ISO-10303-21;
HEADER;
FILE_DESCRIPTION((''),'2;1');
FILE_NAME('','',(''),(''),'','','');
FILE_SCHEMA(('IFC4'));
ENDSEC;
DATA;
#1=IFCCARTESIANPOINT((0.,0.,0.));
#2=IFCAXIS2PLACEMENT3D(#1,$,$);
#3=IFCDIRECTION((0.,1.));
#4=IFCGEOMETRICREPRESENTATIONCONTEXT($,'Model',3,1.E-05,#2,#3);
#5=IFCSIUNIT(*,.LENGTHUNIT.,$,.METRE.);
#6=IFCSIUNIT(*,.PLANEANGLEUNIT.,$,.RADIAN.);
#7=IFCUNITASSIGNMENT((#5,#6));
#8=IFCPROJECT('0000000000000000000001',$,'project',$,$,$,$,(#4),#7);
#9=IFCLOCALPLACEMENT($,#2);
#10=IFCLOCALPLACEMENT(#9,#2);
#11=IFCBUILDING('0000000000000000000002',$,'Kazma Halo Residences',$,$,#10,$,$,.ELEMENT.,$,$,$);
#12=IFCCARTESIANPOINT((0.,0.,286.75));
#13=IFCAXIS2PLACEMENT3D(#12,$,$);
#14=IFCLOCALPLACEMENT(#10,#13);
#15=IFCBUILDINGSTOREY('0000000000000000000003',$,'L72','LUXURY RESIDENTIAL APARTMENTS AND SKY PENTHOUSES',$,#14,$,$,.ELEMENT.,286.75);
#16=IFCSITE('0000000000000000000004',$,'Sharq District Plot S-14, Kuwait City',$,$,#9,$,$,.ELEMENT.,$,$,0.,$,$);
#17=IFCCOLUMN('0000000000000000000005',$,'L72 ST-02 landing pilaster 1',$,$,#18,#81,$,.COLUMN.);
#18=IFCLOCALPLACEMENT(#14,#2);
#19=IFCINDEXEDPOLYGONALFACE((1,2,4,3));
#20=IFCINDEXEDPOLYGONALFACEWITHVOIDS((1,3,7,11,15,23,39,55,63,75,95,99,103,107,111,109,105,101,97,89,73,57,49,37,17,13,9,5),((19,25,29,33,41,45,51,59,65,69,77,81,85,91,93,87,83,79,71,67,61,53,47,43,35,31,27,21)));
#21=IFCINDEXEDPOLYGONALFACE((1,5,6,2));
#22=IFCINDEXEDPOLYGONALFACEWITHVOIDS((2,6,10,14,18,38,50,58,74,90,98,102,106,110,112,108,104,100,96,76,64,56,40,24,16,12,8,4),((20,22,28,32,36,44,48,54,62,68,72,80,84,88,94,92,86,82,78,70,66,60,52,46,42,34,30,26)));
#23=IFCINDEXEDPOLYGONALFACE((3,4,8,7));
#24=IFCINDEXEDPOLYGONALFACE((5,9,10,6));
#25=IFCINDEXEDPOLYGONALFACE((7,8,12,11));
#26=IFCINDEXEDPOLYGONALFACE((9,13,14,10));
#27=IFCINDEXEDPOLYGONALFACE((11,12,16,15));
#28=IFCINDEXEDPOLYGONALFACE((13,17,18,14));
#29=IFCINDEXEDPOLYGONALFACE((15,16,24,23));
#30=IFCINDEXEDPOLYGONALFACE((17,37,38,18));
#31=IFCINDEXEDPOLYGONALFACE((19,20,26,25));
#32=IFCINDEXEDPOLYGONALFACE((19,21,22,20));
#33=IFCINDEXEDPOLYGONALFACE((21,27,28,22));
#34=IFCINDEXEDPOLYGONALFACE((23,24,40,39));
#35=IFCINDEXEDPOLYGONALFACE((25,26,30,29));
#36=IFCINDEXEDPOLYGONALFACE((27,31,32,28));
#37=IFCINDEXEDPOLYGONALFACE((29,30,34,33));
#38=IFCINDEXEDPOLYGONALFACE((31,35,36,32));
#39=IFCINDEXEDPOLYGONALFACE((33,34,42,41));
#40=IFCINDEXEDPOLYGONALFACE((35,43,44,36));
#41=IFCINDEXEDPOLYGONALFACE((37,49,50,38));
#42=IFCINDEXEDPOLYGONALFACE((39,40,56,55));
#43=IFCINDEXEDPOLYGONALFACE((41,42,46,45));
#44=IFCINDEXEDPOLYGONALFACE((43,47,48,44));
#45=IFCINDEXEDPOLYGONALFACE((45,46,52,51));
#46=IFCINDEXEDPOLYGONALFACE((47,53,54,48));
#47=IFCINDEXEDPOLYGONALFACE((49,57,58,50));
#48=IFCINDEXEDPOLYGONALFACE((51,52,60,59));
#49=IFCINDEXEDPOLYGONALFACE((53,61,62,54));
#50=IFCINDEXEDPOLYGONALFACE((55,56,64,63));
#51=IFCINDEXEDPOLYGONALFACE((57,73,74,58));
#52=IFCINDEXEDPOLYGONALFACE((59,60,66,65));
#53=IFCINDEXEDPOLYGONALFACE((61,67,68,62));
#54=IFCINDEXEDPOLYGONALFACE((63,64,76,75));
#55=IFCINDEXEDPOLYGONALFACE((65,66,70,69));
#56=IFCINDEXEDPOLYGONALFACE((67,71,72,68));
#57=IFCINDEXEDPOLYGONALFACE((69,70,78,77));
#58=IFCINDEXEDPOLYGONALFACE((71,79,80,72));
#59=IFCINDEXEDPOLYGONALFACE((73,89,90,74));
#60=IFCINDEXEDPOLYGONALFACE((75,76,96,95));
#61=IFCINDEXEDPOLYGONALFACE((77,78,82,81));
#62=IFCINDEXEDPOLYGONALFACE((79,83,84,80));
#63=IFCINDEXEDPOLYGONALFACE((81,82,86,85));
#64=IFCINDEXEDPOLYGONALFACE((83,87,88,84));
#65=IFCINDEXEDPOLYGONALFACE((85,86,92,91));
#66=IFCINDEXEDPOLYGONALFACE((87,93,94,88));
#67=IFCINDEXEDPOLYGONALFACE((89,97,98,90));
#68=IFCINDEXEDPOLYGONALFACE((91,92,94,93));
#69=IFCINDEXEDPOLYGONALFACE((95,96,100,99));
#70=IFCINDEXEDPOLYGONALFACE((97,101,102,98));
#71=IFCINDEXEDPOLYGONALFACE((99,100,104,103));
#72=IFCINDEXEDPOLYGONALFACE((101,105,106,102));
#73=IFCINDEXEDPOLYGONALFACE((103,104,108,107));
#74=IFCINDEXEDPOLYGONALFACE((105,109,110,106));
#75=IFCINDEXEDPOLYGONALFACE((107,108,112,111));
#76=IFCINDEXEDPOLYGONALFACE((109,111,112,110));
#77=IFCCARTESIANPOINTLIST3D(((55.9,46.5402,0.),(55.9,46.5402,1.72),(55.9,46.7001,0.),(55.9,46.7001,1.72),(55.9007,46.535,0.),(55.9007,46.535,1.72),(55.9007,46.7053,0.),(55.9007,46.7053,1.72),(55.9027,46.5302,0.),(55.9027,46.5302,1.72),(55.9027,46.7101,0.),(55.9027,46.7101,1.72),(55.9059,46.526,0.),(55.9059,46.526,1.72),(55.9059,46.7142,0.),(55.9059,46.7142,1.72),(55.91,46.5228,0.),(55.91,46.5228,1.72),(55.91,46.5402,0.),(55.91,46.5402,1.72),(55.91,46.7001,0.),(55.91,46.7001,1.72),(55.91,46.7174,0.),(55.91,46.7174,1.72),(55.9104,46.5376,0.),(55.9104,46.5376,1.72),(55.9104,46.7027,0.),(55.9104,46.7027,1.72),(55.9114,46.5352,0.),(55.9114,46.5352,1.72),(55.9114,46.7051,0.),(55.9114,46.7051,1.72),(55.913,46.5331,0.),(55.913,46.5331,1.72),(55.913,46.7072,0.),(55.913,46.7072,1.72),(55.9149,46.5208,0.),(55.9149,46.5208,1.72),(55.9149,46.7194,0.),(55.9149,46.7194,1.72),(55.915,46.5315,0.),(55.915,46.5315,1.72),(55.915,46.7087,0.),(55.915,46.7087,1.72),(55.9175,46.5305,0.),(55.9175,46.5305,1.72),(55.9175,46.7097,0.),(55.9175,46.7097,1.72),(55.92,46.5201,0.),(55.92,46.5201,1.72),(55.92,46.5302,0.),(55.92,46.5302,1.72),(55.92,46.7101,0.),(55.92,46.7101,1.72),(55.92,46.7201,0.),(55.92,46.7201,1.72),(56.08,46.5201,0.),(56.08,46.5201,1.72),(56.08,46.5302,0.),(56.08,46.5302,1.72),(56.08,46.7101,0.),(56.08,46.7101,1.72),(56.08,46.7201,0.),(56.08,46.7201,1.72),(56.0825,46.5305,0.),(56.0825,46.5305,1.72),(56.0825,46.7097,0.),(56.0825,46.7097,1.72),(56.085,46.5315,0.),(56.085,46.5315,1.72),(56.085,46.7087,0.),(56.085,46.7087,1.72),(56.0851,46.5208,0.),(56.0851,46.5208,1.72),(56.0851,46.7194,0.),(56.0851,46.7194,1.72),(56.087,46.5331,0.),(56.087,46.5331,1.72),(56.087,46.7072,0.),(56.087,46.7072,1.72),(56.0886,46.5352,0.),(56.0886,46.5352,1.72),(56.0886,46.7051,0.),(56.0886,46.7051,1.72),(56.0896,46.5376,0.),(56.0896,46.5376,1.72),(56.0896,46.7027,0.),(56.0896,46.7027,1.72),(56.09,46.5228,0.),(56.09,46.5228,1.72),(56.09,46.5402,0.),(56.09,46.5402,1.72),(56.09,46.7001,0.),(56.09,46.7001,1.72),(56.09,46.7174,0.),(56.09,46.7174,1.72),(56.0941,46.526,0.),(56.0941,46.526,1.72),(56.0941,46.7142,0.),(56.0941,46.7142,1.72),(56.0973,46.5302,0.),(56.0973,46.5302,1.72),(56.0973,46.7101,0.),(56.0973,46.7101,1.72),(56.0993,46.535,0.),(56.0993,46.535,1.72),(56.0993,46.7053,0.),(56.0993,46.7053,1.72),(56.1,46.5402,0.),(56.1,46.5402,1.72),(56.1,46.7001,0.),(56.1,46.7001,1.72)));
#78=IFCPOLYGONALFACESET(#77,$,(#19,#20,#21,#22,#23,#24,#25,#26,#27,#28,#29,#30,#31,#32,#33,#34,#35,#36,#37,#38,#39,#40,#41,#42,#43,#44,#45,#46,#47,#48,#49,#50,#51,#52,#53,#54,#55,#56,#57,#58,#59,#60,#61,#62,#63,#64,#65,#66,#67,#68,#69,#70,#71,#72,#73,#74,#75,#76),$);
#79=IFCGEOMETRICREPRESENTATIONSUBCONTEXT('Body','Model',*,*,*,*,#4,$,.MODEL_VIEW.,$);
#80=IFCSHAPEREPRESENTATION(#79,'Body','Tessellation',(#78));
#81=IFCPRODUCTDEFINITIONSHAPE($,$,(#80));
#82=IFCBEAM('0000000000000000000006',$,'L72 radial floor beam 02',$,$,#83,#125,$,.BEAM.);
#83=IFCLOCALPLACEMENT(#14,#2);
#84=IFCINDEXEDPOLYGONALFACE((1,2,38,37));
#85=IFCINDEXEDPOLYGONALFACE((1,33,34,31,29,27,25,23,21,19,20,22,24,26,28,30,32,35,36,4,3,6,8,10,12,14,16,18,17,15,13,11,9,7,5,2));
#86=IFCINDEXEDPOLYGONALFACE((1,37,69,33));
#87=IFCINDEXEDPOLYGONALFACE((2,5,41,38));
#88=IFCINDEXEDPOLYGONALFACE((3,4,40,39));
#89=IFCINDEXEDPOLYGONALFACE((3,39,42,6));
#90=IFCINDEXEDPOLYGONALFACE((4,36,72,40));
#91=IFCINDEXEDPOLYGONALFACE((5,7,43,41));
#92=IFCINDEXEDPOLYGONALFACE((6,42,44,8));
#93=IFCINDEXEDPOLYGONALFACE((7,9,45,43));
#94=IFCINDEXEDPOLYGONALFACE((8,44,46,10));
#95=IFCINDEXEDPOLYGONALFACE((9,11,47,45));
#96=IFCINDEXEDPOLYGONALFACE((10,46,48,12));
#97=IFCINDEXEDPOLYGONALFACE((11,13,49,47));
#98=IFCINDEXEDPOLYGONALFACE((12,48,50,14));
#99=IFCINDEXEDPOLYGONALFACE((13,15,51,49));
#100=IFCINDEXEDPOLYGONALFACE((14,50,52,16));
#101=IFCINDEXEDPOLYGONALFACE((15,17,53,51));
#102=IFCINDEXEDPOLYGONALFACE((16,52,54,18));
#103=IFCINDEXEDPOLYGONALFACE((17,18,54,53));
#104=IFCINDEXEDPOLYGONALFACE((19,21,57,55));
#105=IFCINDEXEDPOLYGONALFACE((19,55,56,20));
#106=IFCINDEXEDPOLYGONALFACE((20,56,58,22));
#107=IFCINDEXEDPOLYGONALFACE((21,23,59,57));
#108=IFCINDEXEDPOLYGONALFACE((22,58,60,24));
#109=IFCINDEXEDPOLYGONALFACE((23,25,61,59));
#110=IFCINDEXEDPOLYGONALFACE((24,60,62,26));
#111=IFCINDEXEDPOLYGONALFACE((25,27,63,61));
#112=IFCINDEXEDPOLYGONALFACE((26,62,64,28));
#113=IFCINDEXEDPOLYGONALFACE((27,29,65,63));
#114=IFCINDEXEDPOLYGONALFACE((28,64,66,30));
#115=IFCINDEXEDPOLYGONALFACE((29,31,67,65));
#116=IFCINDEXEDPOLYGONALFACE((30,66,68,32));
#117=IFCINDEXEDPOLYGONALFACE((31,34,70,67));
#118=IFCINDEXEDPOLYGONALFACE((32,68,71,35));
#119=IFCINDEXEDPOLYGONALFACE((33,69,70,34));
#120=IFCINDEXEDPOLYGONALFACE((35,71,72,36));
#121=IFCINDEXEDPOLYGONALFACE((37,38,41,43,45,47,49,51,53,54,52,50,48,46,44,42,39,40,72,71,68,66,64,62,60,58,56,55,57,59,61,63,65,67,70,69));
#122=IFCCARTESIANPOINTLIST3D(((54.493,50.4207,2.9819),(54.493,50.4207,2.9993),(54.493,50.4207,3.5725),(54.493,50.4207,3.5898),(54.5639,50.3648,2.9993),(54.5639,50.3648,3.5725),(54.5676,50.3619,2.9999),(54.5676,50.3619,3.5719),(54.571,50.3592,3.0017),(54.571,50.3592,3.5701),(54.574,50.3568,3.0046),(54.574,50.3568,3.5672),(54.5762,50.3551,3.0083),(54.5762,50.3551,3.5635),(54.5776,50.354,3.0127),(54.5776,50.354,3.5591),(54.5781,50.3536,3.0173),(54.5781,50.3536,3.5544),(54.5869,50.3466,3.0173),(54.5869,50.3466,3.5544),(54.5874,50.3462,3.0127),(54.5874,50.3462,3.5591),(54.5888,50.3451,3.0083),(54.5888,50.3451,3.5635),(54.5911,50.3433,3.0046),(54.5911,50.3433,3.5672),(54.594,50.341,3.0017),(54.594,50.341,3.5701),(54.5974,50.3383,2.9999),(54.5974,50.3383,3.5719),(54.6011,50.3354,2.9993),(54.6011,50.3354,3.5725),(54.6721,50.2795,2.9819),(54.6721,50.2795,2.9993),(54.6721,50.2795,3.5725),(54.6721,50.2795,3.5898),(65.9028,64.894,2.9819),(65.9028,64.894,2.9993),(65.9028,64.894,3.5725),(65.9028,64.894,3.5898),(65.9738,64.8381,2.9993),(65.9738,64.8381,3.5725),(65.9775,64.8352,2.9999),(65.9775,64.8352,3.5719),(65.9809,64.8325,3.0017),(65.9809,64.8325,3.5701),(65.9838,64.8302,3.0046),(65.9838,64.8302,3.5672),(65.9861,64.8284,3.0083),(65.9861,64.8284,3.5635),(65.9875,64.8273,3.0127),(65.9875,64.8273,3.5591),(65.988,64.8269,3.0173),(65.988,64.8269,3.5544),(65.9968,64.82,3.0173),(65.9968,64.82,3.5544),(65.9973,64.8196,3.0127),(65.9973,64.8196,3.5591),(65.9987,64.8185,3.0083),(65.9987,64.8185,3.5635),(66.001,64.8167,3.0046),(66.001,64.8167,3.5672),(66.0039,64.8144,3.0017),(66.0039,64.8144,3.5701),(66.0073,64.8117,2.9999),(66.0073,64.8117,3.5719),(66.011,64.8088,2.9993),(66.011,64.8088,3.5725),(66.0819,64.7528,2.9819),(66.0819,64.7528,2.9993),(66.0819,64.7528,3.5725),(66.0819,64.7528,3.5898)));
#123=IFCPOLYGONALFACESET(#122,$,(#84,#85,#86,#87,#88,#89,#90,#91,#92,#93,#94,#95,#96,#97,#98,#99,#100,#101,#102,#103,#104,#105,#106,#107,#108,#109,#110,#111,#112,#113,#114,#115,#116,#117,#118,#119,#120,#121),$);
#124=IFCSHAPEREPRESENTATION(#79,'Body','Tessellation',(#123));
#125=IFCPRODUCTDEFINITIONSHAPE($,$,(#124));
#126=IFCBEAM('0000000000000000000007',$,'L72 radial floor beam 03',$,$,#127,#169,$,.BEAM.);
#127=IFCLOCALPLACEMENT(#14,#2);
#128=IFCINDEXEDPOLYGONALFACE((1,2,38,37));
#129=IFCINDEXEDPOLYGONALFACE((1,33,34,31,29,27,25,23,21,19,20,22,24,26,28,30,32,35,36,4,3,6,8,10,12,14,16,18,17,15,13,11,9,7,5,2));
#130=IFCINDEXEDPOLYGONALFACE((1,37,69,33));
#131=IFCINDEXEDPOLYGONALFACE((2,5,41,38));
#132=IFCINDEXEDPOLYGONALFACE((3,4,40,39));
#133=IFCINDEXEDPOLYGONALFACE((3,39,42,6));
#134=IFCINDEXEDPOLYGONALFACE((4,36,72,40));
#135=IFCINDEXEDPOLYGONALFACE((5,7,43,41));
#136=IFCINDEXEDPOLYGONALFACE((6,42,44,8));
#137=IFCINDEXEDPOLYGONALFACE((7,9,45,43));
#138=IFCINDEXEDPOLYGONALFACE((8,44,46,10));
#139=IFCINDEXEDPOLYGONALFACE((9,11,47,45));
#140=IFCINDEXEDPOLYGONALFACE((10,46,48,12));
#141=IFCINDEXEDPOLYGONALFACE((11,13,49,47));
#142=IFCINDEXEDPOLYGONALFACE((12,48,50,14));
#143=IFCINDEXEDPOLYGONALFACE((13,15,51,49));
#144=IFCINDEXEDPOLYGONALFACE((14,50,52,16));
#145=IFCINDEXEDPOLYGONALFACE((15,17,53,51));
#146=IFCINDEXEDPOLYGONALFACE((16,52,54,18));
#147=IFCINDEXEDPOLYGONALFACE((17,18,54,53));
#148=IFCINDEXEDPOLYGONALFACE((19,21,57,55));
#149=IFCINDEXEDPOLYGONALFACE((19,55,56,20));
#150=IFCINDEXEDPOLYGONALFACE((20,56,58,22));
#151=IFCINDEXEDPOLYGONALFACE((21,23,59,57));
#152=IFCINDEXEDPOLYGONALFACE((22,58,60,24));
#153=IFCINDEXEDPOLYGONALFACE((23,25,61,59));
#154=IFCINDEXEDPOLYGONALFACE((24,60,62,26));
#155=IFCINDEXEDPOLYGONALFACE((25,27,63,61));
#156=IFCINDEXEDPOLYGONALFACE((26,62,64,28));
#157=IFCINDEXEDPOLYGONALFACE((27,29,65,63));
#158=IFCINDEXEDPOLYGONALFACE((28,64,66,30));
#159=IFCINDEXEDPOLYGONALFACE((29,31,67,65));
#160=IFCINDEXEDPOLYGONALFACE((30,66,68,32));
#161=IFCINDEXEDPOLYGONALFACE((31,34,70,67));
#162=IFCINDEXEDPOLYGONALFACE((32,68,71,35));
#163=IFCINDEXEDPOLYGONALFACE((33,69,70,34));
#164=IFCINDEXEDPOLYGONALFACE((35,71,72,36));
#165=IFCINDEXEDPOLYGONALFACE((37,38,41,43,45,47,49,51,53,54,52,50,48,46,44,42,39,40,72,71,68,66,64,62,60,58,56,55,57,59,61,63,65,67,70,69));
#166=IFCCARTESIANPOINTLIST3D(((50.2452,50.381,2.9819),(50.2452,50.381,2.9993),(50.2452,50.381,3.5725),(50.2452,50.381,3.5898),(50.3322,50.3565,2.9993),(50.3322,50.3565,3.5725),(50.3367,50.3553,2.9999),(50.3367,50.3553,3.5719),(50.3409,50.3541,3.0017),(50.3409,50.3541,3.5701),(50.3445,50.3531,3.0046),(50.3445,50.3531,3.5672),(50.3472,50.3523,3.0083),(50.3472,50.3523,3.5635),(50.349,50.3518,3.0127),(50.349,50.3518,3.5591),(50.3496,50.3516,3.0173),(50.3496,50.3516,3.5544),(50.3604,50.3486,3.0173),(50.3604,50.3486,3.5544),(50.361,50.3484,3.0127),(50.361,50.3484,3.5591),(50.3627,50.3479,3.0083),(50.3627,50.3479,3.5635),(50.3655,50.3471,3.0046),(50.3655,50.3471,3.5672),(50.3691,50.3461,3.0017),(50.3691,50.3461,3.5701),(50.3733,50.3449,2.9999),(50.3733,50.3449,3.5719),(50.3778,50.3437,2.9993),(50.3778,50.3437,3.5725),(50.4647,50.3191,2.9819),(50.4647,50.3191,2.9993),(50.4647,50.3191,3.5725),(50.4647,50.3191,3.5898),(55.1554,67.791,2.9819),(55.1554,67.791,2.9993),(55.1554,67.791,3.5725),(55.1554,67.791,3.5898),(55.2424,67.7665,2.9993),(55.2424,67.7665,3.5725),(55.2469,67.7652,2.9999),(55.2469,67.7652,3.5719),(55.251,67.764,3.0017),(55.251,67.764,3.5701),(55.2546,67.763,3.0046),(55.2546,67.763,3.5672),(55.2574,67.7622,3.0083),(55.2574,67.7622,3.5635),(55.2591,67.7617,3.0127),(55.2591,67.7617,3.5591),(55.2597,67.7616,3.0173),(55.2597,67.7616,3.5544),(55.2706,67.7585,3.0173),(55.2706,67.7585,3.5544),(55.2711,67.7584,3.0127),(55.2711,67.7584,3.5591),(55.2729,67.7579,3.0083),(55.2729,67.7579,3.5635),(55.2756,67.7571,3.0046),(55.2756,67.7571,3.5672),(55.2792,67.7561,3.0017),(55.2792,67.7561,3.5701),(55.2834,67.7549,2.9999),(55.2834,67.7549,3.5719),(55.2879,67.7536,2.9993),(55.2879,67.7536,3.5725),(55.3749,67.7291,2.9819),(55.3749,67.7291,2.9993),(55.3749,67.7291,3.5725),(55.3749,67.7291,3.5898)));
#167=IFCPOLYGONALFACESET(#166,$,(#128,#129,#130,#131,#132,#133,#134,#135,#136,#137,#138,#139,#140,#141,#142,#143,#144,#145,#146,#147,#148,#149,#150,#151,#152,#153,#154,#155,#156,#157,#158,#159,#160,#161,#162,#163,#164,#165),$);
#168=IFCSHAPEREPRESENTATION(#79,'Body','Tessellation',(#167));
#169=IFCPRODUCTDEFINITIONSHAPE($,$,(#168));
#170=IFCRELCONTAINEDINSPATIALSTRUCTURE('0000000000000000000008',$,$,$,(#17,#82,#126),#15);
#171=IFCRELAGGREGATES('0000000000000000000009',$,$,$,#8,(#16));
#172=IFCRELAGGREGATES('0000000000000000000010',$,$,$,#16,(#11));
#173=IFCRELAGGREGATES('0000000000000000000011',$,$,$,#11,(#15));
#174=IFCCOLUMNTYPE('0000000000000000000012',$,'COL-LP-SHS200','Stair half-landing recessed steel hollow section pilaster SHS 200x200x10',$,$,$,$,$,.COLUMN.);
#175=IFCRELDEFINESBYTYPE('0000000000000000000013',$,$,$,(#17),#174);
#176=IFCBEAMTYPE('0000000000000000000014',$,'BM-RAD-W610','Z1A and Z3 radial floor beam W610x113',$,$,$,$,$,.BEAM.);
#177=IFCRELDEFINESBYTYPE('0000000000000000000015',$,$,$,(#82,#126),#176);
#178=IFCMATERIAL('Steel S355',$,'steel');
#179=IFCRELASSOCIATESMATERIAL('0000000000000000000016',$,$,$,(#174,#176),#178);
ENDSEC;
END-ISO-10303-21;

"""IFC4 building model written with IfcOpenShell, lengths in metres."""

from ifc_helpers import new_model, si_unit, direction, frame, origin, origin_2d, place, context, subcontext, project, spatial, hollow_rectangle, i_section, extrude, material, material_profile, profile_set, type_object, element, save


model = new_model("IFC4")

# Units and contexts
model_context = context("Model", 3, precision=1e-05, world=origin(), true_north=direction((0.0, 1.0)))
body_context = subcontext(model_context, "Body", "Model", "MODEL_VIEW")
ifc_project = project(units=[si_unit("LENGTHUNIT", "METRE"), si_unit("PLANEANGLEUNIT", "RADIAN")], contexts=[model_context])

# Site, building, storey
site_placement = place(None, origin())
site = spatial("IfcSite", under=ifc_project, at=site_placement, Name="Sharq District Plot S-14, Kuwait City", CompositionType="ELEMENT", RefElevation=0.0)
building_placement = place(site_placement, origin())
building = spatial("IfcBuilding", under=site, at=building_placement, Name="Kazma Halo Residences", CompositionType="ELEMENT")
storey_placement = place(building_placement, frame((0.0, 0.0, 286.75)))
storey = spatial("IfcBuildingStorey", under=building, at=storey_placement, Name="L72", Description="LUXURY RESIDENTIAL APARTMENTS AND SKY PENTHOUSES", CompositionType="ELEMENT", Elevation=286.75)

# Column
ifc_material_1 = material(Name="Steel S355", Category="steel")
ifc_material_profile_1 = material_profile(ifc_material_1, hollow_rectangle(XDim=0.2, YDim=0.2, WallThickness=0.01, InnerFilletRadius=0.01, OuterFilletRadius=0.02, at=origin_2d()), Name="SHS200x200x10")
ifc_profile_set_1 = profile_set([ifc_material_profile_1], Name="Steel S355")
column_type = type_object("IfcColumnType", Name="COL-LP-SHS200", Description="Stair half-landing recessed steel hollow section pilaster SHS 200x200x10", PredefinedType="COLUMN", material=ifc_profile_set_1)
column_placement = place(storey_placement, frame((56.0, 46.6201, 0.0), z_axis=(0.0, 0.0, 1.0), x_axis=(1.0, 0.0, 0.0)))
element("IfcColumn", 1, at=column_placement, inside=storey, type_object=column_type, Name="L72 ST-02 landing pilaster 1", PredefinedType="COLUMN", context=body_context, shape_type="SweptSolid", body=[
    extrude(hollow_rectangle(XDim=0.2, YDim=0.2, WallThickness=0.01, InnerFilletRadius=0.01, OuterFilletRadius=0.02, at=origin_2d()), origin(), (0.0, 0.0, 1.0), 1.72),
])

# Beams
ifc_material_profile_2 = material_profile(ifc_material_1, i_section(OverallWidth=0.228, OverallDepth=0.6079, WebThickness=0.0112, FlangeThickness=0.0173, FilletRadius=0.0181, at=origin_2d()), Name="W610x113")
ifc_profile_set_2 = profile_set([ifc_material_profile_2], Name="Steel S355")
beam_type_1 = type_object("IfcBeamType", Name="BM-RAD-W610", Description="Z1A and Z3 radial floor beam W610x113", PredefinedType="BEAM", material=ifc_profile_set_2)
beam_1_placement = place(storey_placement, frame((54.5825, 50.3501, 3.2859), z_axis=(0.619094, 0.785317, 0.0), x_axis=(-0.785317, 0.619094, 0.0)))
element("IfcBeam", 2, at=beam_1_placement, inside=storey, type_object=beam_type_1, Name="L72 radial floor beam 02", PredefinedType="BEAM", context=body_context, shape_type="SweptSolid", body=[
    extrude(i_section(OverallWidth=0.228, OverallDepth=0.6079, WebThickness=0.0112, FlangeThickness=0.0173, FilletRadius=0.0181, at=origin_2d()), origin(), (0.0, 0.0, 1.0), 18.4299),
])
beam_2_placement = place(storey_placement, frame((50.355, 50.3501, 3.2859), z_axis=(0.271443, 0.962454, 0.0), x_axis=(-0.962454, 0.271443, 0.0)))
element("IfcBeam", 3, at=beam_2_placement, inside=storey, type_object=beam_type_1, Name="L72 radial floor beam 03", PredefinedType="BEAM", context=body_context, shape_type="SweptSolid", body=[
    extrude(i_section(OverallWidth=0.228, OverallDepth=0.6079, WebThickness=0.0112, FlangeThickness=0.0173, FilletRadius=0.0181, at=origin_2d()), origin(), (0.0, 0.0, 1.0), 18.0891),
])

save(model, "model.ifc")
